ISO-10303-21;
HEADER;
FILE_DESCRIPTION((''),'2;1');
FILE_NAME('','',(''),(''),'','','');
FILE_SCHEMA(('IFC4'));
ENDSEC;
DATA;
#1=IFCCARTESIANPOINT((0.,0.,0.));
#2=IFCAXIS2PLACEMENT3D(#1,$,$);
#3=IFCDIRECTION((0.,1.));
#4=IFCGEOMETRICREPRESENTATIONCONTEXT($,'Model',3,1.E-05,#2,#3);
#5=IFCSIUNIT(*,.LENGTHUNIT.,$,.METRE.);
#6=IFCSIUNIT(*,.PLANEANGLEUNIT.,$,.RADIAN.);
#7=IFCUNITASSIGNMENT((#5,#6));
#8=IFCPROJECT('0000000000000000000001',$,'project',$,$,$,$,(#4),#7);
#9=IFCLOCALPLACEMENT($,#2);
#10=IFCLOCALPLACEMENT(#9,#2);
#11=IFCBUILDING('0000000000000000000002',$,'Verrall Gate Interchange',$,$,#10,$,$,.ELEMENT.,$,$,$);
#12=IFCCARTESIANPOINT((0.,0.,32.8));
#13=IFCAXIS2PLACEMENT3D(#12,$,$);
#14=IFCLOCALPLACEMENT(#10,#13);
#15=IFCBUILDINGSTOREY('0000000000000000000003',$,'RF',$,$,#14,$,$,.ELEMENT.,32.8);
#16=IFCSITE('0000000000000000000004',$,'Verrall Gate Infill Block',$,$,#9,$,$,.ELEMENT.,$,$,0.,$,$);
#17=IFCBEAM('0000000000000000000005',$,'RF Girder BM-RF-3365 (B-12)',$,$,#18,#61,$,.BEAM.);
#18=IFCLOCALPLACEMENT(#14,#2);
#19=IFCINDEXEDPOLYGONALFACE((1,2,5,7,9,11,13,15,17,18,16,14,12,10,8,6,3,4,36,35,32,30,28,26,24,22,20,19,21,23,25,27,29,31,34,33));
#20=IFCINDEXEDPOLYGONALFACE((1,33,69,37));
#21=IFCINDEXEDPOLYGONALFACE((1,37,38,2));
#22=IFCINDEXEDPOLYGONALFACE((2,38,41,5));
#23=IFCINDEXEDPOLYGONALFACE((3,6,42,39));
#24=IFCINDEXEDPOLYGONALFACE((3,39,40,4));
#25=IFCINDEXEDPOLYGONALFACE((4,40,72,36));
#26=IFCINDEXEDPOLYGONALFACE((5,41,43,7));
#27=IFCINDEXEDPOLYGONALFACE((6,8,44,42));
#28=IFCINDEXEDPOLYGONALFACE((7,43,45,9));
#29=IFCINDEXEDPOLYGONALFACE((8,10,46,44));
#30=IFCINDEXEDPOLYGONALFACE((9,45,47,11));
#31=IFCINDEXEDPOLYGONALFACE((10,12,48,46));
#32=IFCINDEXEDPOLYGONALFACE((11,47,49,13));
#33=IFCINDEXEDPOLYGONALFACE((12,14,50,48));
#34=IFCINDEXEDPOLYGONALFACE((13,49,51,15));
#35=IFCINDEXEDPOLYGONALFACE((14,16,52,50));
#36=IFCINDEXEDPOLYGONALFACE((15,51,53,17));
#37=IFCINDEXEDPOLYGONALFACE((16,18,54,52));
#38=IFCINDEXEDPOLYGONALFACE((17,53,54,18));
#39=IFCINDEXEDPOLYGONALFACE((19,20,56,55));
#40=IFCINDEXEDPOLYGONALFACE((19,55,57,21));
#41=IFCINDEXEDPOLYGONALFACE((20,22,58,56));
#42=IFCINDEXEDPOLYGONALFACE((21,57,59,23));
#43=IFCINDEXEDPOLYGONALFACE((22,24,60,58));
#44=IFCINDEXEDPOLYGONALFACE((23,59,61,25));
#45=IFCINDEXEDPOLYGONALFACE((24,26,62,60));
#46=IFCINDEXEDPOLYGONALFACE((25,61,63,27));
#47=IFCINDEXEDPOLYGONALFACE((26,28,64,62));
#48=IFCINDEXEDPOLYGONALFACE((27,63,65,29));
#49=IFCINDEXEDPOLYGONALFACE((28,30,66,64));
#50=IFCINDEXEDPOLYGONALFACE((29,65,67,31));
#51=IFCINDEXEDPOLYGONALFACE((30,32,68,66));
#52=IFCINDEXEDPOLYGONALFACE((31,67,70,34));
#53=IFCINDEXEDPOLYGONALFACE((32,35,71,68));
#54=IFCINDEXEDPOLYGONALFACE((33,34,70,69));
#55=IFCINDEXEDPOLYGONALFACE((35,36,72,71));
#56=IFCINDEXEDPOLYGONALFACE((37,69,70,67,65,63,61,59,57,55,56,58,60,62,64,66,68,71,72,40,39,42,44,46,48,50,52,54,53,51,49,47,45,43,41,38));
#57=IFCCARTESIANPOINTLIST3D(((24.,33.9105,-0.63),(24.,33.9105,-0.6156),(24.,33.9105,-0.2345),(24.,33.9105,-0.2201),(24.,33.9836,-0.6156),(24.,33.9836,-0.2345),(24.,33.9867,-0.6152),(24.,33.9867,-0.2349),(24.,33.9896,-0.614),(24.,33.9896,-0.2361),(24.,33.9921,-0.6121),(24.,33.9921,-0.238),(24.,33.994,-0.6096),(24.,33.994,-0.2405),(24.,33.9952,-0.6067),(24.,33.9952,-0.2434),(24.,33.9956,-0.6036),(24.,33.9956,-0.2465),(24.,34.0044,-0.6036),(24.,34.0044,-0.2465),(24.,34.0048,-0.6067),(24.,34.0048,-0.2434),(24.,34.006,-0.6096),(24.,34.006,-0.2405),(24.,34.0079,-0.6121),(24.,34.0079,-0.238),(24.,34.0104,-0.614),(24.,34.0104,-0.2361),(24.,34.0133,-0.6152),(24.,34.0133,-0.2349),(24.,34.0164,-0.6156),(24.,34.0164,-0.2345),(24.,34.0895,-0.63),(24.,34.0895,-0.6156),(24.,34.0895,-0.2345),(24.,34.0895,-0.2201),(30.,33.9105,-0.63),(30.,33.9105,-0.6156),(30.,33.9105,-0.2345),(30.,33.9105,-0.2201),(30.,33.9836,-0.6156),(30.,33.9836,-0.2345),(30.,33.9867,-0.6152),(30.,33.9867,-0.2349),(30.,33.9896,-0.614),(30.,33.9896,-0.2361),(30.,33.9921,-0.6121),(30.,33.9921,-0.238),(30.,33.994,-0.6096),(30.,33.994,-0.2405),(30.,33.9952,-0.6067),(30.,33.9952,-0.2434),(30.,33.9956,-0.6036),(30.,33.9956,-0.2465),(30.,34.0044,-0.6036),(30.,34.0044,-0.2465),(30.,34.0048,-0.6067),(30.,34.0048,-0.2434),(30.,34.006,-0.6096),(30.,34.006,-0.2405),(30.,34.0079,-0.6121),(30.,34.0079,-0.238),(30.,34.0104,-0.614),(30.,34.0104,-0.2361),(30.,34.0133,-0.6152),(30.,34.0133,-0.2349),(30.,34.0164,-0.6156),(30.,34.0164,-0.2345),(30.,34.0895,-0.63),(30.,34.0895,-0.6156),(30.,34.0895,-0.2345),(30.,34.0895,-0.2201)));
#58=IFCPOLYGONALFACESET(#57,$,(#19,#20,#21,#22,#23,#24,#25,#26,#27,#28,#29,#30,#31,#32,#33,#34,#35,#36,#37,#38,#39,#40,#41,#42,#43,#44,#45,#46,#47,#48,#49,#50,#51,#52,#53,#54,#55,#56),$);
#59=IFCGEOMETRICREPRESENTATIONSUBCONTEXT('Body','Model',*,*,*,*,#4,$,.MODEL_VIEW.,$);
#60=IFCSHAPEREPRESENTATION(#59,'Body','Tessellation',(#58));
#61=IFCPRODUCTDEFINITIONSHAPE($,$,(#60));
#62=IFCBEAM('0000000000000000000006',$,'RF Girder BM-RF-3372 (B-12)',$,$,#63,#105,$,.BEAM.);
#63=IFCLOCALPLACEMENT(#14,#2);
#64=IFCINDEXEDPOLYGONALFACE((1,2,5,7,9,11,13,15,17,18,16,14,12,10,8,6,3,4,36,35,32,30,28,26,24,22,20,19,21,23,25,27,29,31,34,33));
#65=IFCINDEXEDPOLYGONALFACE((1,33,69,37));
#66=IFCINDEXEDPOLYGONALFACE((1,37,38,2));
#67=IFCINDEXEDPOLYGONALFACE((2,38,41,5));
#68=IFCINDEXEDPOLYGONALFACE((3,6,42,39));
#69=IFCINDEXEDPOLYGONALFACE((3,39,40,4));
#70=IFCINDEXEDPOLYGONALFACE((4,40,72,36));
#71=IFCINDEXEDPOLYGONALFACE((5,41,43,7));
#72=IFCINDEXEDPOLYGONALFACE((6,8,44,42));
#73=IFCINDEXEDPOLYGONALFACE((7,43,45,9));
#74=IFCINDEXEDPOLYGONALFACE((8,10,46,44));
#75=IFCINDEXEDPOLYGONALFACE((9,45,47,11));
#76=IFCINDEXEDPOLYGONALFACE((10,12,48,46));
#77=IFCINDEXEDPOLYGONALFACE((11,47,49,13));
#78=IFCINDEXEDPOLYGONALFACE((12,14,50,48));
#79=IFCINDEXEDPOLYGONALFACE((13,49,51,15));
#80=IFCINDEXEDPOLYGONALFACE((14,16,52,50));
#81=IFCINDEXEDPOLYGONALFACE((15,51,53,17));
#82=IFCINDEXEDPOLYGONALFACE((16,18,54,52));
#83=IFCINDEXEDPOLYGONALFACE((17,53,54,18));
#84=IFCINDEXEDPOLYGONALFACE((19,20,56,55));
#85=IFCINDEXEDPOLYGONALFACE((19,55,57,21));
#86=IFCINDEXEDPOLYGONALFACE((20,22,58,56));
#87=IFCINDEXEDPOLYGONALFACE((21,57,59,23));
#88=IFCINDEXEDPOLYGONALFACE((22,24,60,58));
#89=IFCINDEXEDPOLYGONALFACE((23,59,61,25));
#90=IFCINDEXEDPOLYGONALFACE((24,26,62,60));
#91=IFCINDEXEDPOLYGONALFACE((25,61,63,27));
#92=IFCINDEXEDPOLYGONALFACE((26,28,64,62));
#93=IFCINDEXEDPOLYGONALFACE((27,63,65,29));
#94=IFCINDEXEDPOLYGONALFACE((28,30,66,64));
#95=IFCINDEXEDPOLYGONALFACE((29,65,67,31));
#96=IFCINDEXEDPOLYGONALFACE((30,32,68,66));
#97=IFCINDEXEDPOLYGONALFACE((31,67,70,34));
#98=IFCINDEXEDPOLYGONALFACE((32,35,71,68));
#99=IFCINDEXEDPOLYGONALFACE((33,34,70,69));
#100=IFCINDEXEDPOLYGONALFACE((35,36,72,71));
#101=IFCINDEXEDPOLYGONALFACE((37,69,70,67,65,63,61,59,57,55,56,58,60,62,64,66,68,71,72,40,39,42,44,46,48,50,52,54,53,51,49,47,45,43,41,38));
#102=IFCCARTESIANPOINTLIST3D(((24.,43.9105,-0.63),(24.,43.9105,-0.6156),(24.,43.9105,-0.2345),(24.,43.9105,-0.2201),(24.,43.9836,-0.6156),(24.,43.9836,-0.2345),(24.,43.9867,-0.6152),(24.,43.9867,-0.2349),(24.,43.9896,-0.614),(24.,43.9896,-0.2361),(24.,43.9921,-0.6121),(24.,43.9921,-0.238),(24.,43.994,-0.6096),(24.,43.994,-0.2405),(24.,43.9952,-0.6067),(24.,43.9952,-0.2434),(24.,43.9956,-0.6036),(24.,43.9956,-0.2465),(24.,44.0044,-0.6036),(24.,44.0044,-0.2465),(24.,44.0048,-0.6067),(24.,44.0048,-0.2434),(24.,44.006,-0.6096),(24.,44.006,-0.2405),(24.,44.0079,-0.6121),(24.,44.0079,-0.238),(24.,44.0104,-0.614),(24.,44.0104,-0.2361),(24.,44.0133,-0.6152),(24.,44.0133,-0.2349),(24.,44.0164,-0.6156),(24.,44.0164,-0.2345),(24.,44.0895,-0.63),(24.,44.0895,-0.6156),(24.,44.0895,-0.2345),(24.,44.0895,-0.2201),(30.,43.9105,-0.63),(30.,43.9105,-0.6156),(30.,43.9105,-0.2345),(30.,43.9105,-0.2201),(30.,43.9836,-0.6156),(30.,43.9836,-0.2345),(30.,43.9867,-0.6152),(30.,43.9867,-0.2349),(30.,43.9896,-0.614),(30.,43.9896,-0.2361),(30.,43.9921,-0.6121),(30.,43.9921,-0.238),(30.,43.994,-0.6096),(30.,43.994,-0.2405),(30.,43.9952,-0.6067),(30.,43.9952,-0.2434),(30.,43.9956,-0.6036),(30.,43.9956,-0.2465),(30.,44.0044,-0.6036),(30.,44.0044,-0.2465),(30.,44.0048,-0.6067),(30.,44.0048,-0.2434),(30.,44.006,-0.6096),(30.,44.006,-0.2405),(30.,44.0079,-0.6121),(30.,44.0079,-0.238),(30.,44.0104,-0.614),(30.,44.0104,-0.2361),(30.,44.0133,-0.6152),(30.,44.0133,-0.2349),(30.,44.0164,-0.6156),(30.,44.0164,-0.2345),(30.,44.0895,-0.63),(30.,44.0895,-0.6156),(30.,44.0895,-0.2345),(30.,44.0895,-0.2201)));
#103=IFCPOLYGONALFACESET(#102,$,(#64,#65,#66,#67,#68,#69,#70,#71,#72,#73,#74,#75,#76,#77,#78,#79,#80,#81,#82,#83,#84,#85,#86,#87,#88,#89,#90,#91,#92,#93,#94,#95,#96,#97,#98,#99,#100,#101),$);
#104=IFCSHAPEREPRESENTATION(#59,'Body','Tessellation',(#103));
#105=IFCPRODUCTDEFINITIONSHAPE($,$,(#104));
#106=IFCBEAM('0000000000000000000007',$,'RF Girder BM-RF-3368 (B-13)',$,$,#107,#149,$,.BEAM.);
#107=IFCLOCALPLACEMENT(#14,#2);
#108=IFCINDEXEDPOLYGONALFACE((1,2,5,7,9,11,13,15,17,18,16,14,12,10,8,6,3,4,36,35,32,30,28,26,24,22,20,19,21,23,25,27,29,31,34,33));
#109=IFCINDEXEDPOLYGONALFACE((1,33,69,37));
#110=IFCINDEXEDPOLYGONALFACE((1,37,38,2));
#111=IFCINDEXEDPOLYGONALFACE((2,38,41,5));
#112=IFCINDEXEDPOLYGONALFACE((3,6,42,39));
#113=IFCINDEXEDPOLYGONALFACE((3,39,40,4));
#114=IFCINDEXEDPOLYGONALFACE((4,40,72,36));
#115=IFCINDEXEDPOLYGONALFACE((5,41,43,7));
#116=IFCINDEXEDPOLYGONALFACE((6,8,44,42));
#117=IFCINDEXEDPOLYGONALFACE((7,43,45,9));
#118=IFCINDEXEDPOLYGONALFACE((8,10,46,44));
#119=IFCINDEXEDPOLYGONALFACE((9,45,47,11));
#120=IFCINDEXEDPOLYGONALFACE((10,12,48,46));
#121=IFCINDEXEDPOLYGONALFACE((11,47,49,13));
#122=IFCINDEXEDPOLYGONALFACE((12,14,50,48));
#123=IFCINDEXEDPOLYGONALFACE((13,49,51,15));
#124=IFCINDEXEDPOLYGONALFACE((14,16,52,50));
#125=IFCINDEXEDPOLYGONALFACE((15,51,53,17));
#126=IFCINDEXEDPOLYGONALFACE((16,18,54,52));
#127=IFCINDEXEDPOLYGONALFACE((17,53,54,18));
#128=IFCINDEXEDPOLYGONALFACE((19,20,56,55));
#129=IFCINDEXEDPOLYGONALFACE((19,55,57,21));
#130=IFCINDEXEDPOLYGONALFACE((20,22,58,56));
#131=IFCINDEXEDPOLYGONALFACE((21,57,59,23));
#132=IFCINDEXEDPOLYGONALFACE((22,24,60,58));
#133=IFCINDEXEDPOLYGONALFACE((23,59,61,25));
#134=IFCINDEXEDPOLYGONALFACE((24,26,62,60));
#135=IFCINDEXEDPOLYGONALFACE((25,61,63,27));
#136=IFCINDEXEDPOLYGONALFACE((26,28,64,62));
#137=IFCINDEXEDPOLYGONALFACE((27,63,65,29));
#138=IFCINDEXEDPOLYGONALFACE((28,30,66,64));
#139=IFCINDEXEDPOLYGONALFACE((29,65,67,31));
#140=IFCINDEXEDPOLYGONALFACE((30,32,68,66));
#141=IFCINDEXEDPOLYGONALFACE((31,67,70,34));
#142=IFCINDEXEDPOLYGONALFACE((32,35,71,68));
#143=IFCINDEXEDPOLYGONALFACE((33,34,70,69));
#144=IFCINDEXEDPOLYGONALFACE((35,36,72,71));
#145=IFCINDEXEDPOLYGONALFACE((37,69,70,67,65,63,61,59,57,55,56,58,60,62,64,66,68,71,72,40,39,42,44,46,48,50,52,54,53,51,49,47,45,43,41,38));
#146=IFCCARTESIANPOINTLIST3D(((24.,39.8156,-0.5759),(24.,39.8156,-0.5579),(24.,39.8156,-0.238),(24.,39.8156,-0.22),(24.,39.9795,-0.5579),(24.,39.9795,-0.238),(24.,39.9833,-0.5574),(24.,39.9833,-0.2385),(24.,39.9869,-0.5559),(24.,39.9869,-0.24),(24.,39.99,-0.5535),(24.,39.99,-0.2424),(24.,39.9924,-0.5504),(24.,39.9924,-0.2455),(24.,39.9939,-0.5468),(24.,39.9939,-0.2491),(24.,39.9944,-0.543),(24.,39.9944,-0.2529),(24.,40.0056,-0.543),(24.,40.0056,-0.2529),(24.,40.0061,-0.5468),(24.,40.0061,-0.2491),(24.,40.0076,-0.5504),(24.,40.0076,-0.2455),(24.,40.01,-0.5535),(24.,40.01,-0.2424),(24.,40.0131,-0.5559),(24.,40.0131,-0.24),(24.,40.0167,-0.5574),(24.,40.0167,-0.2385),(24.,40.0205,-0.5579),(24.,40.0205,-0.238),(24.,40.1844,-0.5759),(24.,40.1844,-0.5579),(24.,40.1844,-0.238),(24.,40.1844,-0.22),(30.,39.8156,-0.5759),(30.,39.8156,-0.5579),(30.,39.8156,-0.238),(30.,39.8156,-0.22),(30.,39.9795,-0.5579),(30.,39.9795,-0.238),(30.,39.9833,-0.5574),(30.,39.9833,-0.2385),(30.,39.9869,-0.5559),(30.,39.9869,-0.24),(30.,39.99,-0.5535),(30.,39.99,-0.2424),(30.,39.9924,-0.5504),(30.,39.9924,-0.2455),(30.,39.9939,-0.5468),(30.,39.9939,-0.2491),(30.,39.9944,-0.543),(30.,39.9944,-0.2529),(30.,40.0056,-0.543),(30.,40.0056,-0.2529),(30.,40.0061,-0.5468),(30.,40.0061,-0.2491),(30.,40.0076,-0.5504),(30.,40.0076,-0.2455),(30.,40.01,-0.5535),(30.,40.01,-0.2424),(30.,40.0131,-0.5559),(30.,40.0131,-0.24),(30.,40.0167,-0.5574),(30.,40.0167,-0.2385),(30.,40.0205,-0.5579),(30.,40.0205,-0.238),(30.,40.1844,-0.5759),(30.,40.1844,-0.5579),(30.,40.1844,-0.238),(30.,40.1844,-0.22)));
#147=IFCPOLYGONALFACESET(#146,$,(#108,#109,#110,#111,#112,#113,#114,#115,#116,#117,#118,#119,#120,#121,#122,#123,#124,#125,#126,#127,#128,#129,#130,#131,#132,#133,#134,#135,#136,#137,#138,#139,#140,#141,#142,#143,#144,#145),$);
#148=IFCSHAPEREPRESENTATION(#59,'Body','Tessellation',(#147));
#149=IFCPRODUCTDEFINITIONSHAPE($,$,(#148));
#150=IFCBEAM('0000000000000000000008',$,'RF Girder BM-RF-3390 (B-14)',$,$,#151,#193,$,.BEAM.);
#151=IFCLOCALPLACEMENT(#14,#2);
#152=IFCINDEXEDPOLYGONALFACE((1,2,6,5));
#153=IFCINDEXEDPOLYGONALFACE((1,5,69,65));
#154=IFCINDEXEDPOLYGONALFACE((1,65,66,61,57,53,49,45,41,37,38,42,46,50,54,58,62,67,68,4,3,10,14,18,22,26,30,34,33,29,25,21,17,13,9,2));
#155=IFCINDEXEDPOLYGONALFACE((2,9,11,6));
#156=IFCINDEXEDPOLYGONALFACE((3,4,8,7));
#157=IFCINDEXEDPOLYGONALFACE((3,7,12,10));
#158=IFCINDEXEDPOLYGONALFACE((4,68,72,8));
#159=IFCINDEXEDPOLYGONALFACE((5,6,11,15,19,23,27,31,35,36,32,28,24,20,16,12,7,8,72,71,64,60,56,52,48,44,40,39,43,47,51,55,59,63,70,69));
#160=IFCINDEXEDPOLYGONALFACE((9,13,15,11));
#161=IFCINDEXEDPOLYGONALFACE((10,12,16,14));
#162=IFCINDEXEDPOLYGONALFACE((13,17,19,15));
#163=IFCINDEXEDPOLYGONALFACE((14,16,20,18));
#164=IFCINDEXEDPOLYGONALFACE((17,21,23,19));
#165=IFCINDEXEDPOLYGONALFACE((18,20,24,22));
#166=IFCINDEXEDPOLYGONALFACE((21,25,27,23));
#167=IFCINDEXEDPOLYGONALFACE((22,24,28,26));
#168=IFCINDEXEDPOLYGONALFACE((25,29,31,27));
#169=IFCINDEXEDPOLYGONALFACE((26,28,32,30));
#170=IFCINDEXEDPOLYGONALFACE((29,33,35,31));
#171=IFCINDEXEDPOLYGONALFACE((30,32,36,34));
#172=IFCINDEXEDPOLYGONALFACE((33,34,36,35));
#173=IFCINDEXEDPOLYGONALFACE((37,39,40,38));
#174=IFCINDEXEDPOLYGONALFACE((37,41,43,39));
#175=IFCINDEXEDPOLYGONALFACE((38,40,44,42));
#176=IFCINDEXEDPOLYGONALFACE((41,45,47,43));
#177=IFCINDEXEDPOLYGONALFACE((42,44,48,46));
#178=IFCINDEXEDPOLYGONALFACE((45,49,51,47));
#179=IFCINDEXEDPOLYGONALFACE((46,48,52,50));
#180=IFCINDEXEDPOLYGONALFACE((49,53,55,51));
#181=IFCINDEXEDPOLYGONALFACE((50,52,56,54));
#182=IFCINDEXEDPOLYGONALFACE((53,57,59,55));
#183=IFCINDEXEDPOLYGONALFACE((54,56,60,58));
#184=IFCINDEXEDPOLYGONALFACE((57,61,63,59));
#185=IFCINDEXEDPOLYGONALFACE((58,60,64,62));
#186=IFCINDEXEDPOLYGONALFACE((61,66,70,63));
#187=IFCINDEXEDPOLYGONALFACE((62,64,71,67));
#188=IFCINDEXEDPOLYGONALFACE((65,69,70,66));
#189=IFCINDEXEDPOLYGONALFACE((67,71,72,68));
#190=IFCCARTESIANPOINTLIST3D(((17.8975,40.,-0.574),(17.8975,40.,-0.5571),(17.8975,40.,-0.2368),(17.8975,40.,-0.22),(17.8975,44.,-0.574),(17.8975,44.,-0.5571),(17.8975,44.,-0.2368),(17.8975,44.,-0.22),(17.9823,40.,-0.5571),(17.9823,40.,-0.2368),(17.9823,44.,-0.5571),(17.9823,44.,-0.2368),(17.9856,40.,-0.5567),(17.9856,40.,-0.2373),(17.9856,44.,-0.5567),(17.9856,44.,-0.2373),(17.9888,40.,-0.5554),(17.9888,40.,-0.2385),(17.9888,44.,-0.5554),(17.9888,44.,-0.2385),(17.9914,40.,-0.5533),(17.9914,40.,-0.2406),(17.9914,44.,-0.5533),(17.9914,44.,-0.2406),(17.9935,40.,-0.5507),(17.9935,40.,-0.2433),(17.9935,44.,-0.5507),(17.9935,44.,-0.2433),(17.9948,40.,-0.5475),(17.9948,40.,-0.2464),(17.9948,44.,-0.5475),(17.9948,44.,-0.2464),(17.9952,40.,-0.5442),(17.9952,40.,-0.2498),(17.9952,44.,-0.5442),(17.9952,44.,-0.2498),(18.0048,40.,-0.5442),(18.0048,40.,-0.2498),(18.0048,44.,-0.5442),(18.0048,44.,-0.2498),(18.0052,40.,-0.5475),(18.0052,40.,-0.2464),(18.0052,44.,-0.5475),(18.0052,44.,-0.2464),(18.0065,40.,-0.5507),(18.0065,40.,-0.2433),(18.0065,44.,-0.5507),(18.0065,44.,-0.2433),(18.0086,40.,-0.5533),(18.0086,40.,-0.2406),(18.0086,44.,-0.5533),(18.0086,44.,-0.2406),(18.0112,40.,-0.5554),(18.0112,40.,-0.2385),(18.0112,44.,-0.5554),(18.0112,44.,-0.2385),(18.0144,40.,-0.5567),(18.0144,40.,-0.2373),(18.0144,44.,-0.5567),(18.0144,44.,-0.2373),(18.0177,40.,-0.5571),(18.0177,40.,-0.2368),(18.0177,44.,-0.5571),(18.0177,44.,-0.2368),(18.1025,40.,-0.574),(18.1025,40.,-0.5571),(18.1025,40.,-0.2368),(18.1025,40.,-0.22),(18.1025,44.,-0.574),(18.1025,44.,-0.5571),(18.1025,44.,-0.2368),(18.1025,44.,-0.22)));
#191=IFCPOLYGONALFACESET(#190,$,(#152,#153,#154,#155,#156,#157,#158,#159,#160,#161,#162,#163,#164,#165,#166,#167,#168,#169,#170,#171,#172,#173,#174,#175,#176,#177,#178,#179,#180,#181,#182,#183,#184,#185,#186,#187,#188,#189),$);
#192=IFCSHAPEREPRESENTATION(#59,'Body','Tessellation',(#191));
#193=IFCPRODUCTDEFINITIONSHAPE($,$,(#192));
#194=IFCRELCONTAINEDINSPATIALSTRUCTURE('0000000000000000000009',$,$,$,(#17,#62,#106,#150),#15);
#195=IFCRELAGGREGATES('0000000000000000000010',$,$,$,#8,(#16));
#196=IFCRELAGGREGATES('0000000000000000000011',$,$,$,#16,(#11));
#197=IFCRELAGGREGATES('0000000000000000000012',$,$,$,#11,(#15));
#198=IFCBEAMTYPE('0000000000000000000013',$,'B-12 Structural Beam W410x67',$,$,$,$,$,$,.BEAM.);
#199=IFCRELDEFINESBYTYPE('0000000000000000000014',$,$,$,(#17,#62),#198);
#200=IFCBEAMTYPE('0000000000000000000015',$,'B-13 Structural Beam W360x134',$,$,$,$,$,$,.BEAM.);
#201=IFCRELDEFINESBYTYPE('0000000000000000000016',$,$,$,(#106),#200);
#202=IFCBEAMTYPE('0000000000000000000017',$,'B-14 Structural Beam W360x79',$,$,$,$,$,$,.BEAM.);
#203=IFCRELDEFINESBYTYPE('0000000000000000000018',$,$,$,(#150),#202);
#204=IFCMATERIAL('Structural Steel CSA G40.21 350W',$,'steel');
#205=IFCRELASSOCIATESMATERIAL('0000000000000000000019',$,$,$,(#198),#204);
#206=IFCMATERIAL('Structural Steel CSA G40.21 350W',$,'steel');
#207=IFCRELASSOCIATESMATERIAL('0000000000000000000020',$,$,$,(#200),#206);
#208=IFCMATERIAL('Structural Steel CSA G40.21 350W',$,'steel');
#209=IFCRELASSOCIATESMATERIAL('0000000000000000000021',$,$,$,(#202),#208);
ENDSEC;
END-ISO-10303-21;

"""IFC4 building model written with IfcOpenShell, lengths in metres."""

from ifc_helpers import new_model, si_unit, direction, frame, origin, origin_2d, place, context, subcontext, project, spatial, i_section, extrude, material, material_profile, profile_set, type_object, element, save


model = new_model("IFC4")

# Units and contexts
model_context = context("Model", 3, precision=1e-05, world=origin(), true_north=direction((0.0, 1.0)))
body_context = subcontext(model_context, "Body", "Model", "MODEL_VIEW")
ifc_project = project(units=[si_unit("LENGTHUNIT", "METRE"), si_unit("PLANEANGLEUNIT", "RADIAN")], contexts=[model_context])

# Site, building, storey
site_placement = place(None, origin())
site = spatial("IfcSite", under=ifc_project, at=site_placement, Name="Verrall Gate Infill Block", CompositionType="ELEMENT", RefElevation=0.0)
building_placement = place(site_placement, origin())
building = spatial("IfcBuilding", under=site, at=building_placement, Name="Verrall Gate Interchange", CompositionType="ELEMENT")
storey_placement = place(building_placement, frame((0.0, 0.0, 32.8)))
storey = spatial("IfcBuildingStorey", under=building, at=storey_placement, Name="RF", CompositionType="ELEMENT", Elevation=32.8)

# Beams
ifc_material_1 = material(Name="Structural Steel CSA G40.21 350W", Category="steel")
ifc_material_profile_1 = material_profile(ifc_material_1, i_section(OverallWidth=0.179, OverallDepth=0.4099, WebThickness=0.0088, FlangeThickness=0.0144, FilletRadius=0.012, at=origin_2d()), Name="W410x67")
ifc_profile_set_1 = profile_set([ifc_material_profile_1], Name="Structural Steel CSA G40.21 350W")
beam_type_1 = type_object("IfcBeamType", Name="B-12 Structural Beam W410x67", PredefinedType="BEAM", material=ifc_profile_set_1)
for number, where, z_axis, x_axis, name in (
    (1, (24.0, 34.0, -0.425), (1.0, 0.0, 0.0), (0.0, 1.0, 0.0), "RF Girder BM-RF-3365 (B-12)"),
    (2, (24.0, 44.0, -0.425), (1.0, 0.0, 0.0), (0.0, 1.0, 0.0), "RF Girder BM-RF-3372 (B-12)"),
):
    element("IfcBeam", number, at=place(storey_placement, frame(where, z_axis=z_axis, x_axis=x_axis)), inside=storey, type_object=beam_type_1, Name=name, PredefinedType="BEAM", context=body_context, shape_type="SweptSolid", body=[
        extrude(i_section(OverallWidth=0.179, OverallDepth=0.4099, WebThickness=0.0088, FlangeThickness=0.0144, FilletRadius=0.012, at=origin_2d()), origin(), (0.0, 0.0, 1.0), 6.0),
    ])
ifc_material_2 = material(Name="Structural Steel CSA G40.21 350W", Category="steel")
ifc_material_profile_2 = material_profile(ifc_material_2, i_section(OverallWidth=0.3689, OverallDepth=0.356, WebThickness=0.0112, FlangeThickness=0.0181, FilletRadius=0.0149, at=origin_2d()), Name="W360x134")
ifc_profile_set_2 = profile_set([ifc_material_profile_2], Name="Structural Steel CSA G40.21 350W")
beam_type_2 = type_object("IfcBeamType", Name="B-13 Structural Beam W360x134", PredefinedType="BEAM", material=ifc_profile_set_2)
beam_1_placement = place(storey_placement, frame((24.0, 40.0, -0.3979), z_axis=(1.0, 0.0, 0.0), x_axis=(0.0, 1.0, 0.0)))
element("IfcBeam", 3, at=beam_1_placement, inside=storey, type_object=beam_type_2, Name="RF Girder BM-RF-3368 (B-13)", PredefinedType="BEAM", context=body_context, shape_type="SweptSolid", body=[
    extrude(i_section(OverallWidth=0.3689, OverallDepth=0.356, WebThickness=0.0112, FlangeThickness=0.0181, FilletRadius=0.0149, at=origin_2d()), origin(), (0.0, 0.0, 1.0), 6.0),
])
ifc_material_3 = material(Name="Structural Steel CSA G40.21 350W", Category="steel")
ifc_material_profile_3 = material_profile(ifc_material_3, i_section(OverallWidth=0.2051, OverallDepth=0.354, WebThickness=0.0095, FlangeThickness=0.0168, FilletRadius=0.0129, at=origin_2d()), Name="W360x79")
ifc_profile_set_3 = profile_set([ifc_material_profile_3], Name="Structural Steel CSA G40.21 350W")
beam_type_3 = type_object("IfcBeamType", Name="B-14 Structural Beam W360x79", PredefinedType="BEAM", material=ifc_profile_set_3)
beam_2_placement = place(storey_placement, frame((18.0, 40.0, -0.397), z_axis=(0.0, 1.0, 0.0), x_axis=(-1.0, 0.0, 0.0)))
element("IfcBeam", 4, at=beam_2_placement, inside=storey, type_object=beam_type_3, Name="RF Girder BM-RF-3390 (B-14)", PredefinedType="BEAM", context=body_context, shape_type="SweptSolid", body=[
    extrude(i_section(OverallWidth=0.2051, OverallDepth=0.354, WebThickness=0.0095, FlangeThickness=0.0168, FilletRadius=0.0129, at=origin_2d()), origin(), (0.0, 0.0, 1.0), 4.0),
])

save(model, "model.ifc")
